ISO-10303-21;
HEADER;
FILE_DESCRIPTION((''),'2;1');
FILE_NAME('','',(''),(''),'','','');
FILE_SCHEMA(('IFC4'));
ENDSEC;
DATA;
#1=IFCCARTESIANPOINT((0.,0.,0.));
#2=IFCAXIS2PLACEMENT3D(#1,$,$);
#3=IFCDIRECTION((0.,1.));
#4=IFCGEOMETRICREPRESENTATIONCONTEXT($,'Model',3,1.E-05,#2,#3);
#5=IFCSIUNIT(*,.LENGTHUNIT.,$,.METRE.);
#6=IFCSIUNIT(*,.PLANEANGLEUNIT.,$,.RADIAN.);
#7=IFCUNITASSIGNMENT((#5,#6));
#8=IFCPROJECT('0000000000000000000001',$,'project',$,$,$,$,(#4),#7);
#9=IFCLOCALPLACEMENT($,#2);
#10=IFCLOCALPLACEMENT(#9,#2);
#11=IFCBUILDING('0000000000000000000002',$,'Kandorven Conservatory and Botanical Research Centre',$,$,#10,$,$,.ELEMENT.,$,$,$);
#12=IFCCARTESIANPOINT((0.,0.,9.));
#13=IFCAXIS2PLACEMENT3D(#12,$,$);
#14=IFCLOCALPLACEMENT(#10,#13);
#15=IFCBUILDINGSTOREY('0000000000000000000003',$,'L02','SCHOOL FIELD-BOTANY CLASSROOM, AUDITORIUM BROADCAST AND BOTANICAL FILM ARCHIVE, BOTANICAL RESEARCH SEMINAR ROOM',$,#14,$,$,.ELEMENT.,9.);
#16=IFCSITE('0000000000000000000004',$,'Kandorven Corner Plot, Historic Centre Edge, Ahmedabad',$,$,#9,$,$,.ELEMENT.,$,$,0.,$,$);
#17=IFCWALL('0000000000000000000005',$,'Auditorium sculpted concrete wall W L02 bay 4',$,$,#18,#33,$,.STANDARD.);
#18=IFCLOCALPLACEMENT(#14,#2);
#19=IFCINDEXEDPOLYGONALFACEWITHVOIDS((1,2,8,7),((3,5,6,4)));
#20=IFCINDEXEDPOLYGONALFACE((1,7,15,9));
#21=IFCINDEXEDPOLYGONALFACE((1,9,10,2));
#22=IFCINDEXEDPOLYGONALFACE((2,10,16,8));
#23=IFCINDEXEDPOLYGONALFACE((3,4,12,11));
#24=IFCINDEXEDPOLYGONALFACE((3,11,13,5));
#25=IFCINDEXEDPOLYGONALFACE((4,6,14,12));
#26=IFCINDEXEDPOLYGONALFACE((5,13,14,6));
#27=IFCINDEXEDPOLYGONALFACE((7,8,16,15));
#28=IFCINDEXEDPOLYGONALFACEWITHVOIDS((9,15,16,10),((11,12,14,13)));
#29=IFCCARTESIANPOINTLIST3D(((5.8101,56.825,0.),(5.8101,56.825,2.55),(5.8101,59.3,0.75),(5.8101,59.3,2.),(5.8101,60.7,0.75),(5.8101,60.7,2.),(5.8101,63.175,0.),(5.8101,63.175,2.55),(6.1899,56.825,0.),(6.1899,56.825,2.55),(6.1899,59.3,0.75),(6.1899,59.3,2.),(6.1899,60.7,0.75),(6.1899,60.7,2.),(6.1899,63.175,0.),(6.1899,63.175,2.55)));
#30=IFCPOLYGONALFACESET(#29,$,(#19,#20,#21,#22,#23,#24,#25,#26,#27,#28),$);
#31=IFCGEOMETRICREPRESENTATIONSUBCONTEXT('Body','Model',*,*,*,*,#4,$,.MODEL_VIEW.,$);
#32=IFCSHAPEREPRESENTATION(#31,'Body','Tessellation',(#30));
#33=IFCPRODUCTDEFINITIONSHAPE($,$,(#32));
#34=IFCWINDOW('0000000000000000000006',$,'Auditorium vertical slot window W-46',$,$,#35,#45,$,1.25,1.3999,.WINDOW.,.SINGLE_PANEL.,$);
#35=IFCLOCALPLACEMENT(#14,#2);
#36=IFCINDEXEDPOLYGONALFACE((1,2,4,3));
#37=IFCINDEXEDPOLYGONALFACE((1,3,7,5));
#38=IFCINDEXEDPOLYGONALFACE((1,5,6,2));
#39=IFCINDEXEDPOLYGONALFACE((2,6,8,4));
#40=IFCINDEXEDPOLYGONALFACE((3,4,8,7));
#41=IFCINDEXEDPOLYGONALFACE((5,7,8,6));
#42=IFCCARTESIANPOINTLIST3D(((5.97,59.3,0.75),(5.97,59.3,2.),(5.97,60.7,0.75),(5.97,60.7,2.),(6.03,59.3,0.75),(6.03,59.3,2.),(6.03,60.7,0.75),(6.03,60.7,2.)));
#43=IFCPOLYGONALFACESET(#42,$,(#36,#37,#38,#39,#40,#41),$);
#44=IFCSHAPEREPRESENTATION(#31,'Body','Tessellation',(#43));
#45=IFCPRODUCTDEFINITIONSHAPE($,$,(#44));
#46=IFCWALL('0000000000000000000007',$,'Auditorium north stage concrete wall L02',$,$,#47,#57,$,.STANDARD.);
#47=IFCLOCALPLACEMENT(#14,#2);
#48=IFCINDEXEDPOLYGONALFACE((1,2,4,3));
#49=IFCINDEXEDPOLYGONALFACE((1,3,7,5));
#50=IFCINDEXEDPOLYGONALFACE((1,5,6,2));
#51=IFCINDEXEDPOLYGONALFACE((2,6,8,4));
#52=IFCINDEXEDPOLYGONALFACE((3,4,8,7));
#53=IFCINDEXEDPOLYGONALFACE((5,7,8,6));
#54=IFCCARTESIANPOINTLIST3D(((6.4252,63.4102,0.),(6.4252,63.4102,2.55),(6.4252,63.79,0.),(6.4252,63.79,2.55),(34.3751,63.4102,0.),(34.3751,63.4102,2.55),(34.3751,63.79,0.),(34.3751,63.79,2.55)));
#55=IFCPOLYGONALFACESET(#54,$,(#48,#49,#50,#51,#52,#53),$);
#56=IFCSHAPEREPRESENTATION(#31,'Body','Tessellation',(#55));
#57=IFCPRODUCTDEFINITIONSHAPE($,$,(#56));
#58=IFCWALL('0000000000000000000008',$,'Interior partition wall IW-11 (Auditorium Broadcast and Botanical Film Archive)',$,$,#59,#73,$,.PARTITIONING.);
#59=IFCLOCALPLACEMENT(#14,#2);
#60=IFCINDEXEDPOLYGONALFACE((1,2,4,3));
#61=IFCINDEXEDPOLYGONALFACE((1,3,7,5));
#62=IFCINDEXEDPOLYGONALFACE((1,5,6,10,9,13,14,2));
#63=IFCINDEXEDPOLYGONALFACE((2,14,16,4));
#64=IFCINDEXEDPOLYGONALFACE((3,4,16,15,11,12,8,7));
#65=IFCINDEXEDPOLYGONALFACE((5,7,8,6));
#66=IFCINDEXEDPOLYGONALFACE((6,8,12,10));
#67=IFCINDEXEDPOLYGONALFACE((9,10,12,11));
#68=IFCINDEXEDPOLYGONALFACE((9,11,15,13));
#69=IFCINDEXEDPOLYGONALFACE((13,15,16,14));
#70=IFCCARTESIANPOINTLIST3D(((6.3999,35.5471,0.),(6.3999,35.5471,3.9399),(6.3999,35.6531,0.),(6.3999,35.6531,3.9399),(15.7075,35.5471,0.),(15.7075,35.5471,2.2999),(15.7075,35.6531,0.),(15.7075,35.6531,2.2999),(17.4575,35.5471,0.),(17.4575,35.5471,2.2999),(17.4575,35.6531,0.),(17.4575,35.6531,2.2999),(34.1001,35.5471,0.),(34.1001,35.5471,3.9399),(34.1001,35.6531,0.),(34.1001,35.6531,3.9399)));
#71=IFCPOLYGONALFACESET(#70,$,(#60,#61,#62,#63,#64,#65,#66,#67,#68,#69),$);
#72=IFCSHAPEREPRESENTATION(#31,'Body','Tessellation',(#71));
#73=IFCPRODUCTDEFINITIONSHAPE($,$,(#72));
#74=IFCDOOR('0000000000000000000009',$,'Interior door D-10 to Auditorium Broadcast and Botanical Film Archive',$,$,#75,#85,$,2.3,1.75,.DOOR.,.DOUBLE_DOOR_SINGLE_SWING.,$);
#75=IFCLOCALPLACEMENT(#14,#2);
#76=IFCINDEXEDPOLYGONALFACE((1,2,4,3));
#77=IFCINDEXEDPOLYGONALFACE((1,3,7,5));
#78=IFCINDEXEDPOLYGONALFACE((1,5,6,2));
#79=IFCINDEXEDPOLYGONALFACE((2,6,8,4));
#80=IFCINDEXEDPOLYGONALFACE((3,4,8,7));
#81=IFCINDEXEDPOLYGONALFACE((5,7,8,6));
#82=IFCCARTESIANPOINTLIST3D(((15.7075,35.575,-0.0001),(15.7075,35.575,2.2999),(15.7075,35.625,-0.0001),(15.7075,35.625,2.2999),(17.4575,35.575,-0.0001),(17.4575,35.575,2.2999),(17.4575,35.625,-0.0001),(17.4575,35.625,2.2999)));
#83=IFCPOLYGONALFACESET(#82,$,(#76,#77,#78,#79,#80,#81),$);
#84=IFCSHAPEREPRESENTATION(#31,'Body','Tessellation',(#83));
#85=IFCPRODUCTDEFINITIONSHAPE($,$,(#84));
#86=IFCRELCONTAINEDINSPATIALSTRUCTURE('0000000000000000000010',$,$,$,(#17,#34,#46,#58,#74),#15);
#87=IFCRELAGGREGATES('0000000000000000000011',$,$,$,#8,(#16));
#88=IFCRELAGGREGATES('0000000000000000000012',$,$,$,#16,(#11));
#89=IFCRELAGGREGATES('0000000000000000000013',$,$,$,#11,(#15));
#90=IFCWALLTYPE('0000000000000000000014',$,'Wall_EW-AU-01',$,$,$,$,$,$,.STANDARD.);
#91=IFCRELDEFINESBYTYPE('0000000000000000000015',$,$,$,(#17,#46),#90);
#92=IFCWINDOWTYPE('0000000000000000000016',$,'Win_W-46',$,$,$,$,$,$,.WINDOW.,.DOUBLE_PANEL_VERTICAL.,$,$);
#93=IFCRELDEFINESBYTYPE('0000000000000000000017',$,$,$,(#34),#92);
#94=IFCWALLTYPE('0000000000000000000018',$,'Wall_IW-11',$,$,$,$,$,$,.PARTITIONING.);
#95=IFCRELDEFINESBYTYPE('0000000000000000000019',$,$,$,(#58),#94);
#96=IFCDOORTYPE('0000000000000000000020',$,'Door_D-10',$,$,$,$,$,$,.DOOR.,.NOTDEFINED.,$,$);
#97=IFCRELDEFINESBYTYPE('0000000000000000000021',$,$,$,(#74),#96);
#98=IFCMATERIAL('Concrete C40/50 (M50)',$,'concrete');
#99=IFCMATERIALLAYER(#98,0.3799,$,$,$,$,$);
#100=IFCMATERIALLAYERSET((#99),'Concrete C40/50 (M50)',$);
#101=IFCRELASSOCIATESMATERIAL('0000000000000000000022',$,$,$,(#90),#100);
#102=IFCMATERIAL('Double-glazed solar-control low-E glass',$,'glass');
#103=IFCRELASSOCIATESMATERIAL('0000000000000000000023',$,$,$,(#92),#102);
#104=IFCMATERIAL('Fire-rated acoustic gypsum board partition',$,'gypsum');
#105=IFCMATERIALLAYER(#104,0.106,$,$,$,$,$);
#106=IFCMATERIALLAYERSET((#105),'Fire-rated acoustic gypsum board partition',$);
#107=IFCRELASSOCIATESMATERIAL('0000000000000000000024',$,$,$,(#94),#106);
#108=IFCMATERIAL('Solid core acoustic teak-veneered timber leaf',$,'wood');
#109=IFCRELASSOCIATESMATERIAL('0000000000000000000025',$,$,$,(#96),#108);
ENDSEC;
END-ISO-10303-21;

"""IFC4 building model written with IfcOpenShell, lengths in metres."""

from ifc_helpers import new_model, si_unit, direction, frame, frame_2d, origin, place, context, subcontext, project, spatial, rectangle, extrude, material, layer, layer_set, type_object, element, fill, save


model = new_model("IFC4")

# Units and contexts
model_context = context("Model", 3, precision=1e-05, world=origin(), true_north=direction((0.0, 1.0)))
body_context = subcontext(model_context, "Body", "Model", "MODEL_VIEW")
ifc_project = project(units=[si_unit("LENGTHUNIT", "METRE"), si_unit("PLANEANGLEUNIT", "RADIAN")], contexts=[model_context])

# Site, building, storey
site_placement = place(None, origin())
site = spatial("IfcSite", under=ifc_project, at=site_placement, Name="Kandorven Corner Plot, Historic Centre Edge, Ahmedabad", CompositionType="ELEMENT", RefElevation=0.0)
building_placement = place(site_placement, origin())
building = spatial("IfcBuilding", under=site, at=building_placement, Name="Kandorven Conservatory and Botanical Research Centre", CompositionType="ELEMENT")
storey_placement = place(building_placement, frame((0.0, 0.0, 9.0)))
storey = spatial("IfcBuildingStorey", under=building, at=storey_placement, Name="L02", Description="SCHOOL FIELD-BOTANY CLASSROOM, AUDITORIUM BROADCAST AND BOTANICAL FILM ARCHIVE, BOTANICAL RESEARCH SEMINAR ROOM", CompositionType="ELEMENT", Elevation=9.0)

# Wall, opening, window
ifc_material_1 = material(Name="Concrete C40/50 (M50)", Category="concrete")
ifc_layer_1 = layer(ifc_material_1, 0.3799)
ifc_layer_set_1 = layer_set([ifc_layer_1], Name="Concrete C40/50 (M50)")
wall_type_1 = type_object("IfcWallType", Name="Wall_EW-AU-01", PredefinedType="STANDARD", material=ifc_layer_set_1)
ifc_material_2 = material(Name="Double-glazed solar-control low-E glass", Category="glass")
window_type_1 = type_object("IfcWindowType", Name="Win_W-46", PartitioningType="DOUBLE_PANEL_VERTICAL", PredefinedType="WINDOW", material=ifc_material_2)
wall_1_placement = place(storey_placement, frame((6.0, 56.825, 0.0), z_axis=(0.0, 0.0, 1.0), x_axis=(0.0, 1.0, 0.0)))
wall_1 = element("IfcWall", 1, at=wall_1_placement, inside=storey, type_object=wall_type_1, Name="Auditorium sculpted concrete wall W L02 bay 4", PredefinedType="STANDARD", context=body_context, shape_type="SweptSolid", body=[
    extrude(rectangle(XDim=6.3501, YDim=0.3799, at=frame_2d((3.175, 0.0))), origin(), (0.0, 0.0, 1.0), 2.55),
])
opening_1_placement = place(wall_1_placement, frame((2.4751, 0.0, 0.75)))
opening_1 = element("IfcOpeningElement", 2, at=opening_1_placement, cuts=wall_1, PredefinedType="OPENING", context=body_context, shape_type="SweptSolid", body=[
    extrude(rectangle(XDim=1.3999, YDim=1.25, at=frame_2d((0.7, 0.625))), frame((0.0, 0.2, 0.0), z_axis=(0.0, -1.0, 0.0), x_axis=(1.0, 0.0, 0.0)), (0.0, 0.0, 1.0), 0.3999),
])
window_1_placement = place(opening_1_placement, origin())
window_1 = element("IfcWindow", 3, at=window_1_placement, inside=storey, type_object=window_type_1, Name="Auditorium vertical slot window W-46", OverallHeight=1.25, OverallWidth=1.3999, PartitioningType="SINGLE_PANEL", PredefinedType="WINDOW", context=body_context, shape_type="SweptSolid", body=[
    extrude(rectangle(XDim=1.3999, YDim=1.25, at=frame_2d((0.7, 0.625))), frame((0.0, 0.03, 0.0), z_axis=(0.0, -1.0, 0.0), x_axis=(1.0, 0.0, 0.0)), (0.0, 0.0, 1.0), 0.0601),
])
fill(opening_1, window_1)

# Wall
wall_2_placement = place(storey_placement, frame((6.425, 63.6001, 0.0), z_axis=(0.0, 0.0, 1.0), x_axis=(1.0, 0.0, 0.0)))
element("IfcWall", 4, at=wall_2_placement, inside=storey, type_object=wall_type_1, Name="Auditorium north stage concrete wall L02", PredefinedType="STANDARD", context=body_context, shape_type="SweptSolid", body=[
    extrude(rectangle(XDim=27.95, YDim=0.3799, at=frame_2d((13.9751, 0.0))), origin(), (0.0, 0.0, 1.0), 2.55),
])

# Wall, opening, door
ifc_material_3 = material(Name="Fire-rated acoustic gypsum board partition", Category="gypsum")
ifc_layer_2 = layer(ifc_material_3, 0.106)
ifc_layer_set_2 = layer_set([ifc_layer_2], Name="Fire-rated acoustic gypsum board partition")
wall_type_2 = type_object("IfcWallType", Name="Wall_IW-11", PredefinedType="PARTITIONING", material=ifc_layer_set_2)
wall_3_placement = place(storey_placement, frame((6.3999, 35.6001, 0.0), z_axis=(0.0, 0.0, 1.0), x_axis=(1.0, 0.0, 0.0)))
wall_3 = element("IfcWall", 5, at=wall_3_placement, inside=storey, type_object=wall_type_2, Name="Interior partition wall IW-11 (Auditorium Broadcast and Botanical Film Archive)", PredefinedType="PARTITIONING", context=body_context, shape_type="SweptSolid", body=[
    extrude(rectangle(XDim=27.7002, YDim=0.106, at=frame_2d((13.8501, 0.0))), origin(), (0.0, 0.0, 1.0), 3.9399),
])
opening_2_placement = place(wall_3_placement, frame((9.3076, 0.0, 0.0)))
opening_2 = element("IfcOpeningElement", 6, at=opening_2_placement, cuts=wall_3, PredefinedType="OPENING", context=body_context, shape_type="SweptSolid", body=[
    extrude(rectangle(XDim=1.75, YDim=2.3, at=frame_2d((0.875, 1.1499))), frame((0.0, 0.063, 0.0), z_axis=(0.0, -1.0, 0.0), x_axis=(1.0, 0.0, 0.0)), (0.0, 0.0, 1.0), 0.126),
])
ifc_material_4 = material(Name="Solid core acoustic teak-veneered timber leaf", Category="wood")
door_type = type_object("IfcDoorType", Name="Door_D-10", OperationType="NOTDEFINED", PredefinedType="DOOR", material=ifc_material_4)
door_placement = place(opening_2_placement, origin())
door = element("IfcDoor", 7, at=door_placement, inside=storey, type_object=door_type, Name="Interior door D-10 to Auditorium Broadcast and Botanical Film Archive", OperationType="DOUBLE_DOOR_SINGLE_SWING", OverallHeight=2.3, OverallWidth=1.75, PredefinedType="DOOR", context=body_context, shape_type="SweptSolid", body=[
    extrude(rectangle(XDim=1.75, YDim=2.3, at=frame_2d((0.875, 1.1499))), frame((0.0, 0.0249, 0.0), z_axis=(0.0, -1.0, 0.0), x_axis=(1.0, 0.0, 0.0)), (0.0, 0.0, 1.0), 0.05),
])
fill(opening_2, door)

save(model, "model.ifc")
